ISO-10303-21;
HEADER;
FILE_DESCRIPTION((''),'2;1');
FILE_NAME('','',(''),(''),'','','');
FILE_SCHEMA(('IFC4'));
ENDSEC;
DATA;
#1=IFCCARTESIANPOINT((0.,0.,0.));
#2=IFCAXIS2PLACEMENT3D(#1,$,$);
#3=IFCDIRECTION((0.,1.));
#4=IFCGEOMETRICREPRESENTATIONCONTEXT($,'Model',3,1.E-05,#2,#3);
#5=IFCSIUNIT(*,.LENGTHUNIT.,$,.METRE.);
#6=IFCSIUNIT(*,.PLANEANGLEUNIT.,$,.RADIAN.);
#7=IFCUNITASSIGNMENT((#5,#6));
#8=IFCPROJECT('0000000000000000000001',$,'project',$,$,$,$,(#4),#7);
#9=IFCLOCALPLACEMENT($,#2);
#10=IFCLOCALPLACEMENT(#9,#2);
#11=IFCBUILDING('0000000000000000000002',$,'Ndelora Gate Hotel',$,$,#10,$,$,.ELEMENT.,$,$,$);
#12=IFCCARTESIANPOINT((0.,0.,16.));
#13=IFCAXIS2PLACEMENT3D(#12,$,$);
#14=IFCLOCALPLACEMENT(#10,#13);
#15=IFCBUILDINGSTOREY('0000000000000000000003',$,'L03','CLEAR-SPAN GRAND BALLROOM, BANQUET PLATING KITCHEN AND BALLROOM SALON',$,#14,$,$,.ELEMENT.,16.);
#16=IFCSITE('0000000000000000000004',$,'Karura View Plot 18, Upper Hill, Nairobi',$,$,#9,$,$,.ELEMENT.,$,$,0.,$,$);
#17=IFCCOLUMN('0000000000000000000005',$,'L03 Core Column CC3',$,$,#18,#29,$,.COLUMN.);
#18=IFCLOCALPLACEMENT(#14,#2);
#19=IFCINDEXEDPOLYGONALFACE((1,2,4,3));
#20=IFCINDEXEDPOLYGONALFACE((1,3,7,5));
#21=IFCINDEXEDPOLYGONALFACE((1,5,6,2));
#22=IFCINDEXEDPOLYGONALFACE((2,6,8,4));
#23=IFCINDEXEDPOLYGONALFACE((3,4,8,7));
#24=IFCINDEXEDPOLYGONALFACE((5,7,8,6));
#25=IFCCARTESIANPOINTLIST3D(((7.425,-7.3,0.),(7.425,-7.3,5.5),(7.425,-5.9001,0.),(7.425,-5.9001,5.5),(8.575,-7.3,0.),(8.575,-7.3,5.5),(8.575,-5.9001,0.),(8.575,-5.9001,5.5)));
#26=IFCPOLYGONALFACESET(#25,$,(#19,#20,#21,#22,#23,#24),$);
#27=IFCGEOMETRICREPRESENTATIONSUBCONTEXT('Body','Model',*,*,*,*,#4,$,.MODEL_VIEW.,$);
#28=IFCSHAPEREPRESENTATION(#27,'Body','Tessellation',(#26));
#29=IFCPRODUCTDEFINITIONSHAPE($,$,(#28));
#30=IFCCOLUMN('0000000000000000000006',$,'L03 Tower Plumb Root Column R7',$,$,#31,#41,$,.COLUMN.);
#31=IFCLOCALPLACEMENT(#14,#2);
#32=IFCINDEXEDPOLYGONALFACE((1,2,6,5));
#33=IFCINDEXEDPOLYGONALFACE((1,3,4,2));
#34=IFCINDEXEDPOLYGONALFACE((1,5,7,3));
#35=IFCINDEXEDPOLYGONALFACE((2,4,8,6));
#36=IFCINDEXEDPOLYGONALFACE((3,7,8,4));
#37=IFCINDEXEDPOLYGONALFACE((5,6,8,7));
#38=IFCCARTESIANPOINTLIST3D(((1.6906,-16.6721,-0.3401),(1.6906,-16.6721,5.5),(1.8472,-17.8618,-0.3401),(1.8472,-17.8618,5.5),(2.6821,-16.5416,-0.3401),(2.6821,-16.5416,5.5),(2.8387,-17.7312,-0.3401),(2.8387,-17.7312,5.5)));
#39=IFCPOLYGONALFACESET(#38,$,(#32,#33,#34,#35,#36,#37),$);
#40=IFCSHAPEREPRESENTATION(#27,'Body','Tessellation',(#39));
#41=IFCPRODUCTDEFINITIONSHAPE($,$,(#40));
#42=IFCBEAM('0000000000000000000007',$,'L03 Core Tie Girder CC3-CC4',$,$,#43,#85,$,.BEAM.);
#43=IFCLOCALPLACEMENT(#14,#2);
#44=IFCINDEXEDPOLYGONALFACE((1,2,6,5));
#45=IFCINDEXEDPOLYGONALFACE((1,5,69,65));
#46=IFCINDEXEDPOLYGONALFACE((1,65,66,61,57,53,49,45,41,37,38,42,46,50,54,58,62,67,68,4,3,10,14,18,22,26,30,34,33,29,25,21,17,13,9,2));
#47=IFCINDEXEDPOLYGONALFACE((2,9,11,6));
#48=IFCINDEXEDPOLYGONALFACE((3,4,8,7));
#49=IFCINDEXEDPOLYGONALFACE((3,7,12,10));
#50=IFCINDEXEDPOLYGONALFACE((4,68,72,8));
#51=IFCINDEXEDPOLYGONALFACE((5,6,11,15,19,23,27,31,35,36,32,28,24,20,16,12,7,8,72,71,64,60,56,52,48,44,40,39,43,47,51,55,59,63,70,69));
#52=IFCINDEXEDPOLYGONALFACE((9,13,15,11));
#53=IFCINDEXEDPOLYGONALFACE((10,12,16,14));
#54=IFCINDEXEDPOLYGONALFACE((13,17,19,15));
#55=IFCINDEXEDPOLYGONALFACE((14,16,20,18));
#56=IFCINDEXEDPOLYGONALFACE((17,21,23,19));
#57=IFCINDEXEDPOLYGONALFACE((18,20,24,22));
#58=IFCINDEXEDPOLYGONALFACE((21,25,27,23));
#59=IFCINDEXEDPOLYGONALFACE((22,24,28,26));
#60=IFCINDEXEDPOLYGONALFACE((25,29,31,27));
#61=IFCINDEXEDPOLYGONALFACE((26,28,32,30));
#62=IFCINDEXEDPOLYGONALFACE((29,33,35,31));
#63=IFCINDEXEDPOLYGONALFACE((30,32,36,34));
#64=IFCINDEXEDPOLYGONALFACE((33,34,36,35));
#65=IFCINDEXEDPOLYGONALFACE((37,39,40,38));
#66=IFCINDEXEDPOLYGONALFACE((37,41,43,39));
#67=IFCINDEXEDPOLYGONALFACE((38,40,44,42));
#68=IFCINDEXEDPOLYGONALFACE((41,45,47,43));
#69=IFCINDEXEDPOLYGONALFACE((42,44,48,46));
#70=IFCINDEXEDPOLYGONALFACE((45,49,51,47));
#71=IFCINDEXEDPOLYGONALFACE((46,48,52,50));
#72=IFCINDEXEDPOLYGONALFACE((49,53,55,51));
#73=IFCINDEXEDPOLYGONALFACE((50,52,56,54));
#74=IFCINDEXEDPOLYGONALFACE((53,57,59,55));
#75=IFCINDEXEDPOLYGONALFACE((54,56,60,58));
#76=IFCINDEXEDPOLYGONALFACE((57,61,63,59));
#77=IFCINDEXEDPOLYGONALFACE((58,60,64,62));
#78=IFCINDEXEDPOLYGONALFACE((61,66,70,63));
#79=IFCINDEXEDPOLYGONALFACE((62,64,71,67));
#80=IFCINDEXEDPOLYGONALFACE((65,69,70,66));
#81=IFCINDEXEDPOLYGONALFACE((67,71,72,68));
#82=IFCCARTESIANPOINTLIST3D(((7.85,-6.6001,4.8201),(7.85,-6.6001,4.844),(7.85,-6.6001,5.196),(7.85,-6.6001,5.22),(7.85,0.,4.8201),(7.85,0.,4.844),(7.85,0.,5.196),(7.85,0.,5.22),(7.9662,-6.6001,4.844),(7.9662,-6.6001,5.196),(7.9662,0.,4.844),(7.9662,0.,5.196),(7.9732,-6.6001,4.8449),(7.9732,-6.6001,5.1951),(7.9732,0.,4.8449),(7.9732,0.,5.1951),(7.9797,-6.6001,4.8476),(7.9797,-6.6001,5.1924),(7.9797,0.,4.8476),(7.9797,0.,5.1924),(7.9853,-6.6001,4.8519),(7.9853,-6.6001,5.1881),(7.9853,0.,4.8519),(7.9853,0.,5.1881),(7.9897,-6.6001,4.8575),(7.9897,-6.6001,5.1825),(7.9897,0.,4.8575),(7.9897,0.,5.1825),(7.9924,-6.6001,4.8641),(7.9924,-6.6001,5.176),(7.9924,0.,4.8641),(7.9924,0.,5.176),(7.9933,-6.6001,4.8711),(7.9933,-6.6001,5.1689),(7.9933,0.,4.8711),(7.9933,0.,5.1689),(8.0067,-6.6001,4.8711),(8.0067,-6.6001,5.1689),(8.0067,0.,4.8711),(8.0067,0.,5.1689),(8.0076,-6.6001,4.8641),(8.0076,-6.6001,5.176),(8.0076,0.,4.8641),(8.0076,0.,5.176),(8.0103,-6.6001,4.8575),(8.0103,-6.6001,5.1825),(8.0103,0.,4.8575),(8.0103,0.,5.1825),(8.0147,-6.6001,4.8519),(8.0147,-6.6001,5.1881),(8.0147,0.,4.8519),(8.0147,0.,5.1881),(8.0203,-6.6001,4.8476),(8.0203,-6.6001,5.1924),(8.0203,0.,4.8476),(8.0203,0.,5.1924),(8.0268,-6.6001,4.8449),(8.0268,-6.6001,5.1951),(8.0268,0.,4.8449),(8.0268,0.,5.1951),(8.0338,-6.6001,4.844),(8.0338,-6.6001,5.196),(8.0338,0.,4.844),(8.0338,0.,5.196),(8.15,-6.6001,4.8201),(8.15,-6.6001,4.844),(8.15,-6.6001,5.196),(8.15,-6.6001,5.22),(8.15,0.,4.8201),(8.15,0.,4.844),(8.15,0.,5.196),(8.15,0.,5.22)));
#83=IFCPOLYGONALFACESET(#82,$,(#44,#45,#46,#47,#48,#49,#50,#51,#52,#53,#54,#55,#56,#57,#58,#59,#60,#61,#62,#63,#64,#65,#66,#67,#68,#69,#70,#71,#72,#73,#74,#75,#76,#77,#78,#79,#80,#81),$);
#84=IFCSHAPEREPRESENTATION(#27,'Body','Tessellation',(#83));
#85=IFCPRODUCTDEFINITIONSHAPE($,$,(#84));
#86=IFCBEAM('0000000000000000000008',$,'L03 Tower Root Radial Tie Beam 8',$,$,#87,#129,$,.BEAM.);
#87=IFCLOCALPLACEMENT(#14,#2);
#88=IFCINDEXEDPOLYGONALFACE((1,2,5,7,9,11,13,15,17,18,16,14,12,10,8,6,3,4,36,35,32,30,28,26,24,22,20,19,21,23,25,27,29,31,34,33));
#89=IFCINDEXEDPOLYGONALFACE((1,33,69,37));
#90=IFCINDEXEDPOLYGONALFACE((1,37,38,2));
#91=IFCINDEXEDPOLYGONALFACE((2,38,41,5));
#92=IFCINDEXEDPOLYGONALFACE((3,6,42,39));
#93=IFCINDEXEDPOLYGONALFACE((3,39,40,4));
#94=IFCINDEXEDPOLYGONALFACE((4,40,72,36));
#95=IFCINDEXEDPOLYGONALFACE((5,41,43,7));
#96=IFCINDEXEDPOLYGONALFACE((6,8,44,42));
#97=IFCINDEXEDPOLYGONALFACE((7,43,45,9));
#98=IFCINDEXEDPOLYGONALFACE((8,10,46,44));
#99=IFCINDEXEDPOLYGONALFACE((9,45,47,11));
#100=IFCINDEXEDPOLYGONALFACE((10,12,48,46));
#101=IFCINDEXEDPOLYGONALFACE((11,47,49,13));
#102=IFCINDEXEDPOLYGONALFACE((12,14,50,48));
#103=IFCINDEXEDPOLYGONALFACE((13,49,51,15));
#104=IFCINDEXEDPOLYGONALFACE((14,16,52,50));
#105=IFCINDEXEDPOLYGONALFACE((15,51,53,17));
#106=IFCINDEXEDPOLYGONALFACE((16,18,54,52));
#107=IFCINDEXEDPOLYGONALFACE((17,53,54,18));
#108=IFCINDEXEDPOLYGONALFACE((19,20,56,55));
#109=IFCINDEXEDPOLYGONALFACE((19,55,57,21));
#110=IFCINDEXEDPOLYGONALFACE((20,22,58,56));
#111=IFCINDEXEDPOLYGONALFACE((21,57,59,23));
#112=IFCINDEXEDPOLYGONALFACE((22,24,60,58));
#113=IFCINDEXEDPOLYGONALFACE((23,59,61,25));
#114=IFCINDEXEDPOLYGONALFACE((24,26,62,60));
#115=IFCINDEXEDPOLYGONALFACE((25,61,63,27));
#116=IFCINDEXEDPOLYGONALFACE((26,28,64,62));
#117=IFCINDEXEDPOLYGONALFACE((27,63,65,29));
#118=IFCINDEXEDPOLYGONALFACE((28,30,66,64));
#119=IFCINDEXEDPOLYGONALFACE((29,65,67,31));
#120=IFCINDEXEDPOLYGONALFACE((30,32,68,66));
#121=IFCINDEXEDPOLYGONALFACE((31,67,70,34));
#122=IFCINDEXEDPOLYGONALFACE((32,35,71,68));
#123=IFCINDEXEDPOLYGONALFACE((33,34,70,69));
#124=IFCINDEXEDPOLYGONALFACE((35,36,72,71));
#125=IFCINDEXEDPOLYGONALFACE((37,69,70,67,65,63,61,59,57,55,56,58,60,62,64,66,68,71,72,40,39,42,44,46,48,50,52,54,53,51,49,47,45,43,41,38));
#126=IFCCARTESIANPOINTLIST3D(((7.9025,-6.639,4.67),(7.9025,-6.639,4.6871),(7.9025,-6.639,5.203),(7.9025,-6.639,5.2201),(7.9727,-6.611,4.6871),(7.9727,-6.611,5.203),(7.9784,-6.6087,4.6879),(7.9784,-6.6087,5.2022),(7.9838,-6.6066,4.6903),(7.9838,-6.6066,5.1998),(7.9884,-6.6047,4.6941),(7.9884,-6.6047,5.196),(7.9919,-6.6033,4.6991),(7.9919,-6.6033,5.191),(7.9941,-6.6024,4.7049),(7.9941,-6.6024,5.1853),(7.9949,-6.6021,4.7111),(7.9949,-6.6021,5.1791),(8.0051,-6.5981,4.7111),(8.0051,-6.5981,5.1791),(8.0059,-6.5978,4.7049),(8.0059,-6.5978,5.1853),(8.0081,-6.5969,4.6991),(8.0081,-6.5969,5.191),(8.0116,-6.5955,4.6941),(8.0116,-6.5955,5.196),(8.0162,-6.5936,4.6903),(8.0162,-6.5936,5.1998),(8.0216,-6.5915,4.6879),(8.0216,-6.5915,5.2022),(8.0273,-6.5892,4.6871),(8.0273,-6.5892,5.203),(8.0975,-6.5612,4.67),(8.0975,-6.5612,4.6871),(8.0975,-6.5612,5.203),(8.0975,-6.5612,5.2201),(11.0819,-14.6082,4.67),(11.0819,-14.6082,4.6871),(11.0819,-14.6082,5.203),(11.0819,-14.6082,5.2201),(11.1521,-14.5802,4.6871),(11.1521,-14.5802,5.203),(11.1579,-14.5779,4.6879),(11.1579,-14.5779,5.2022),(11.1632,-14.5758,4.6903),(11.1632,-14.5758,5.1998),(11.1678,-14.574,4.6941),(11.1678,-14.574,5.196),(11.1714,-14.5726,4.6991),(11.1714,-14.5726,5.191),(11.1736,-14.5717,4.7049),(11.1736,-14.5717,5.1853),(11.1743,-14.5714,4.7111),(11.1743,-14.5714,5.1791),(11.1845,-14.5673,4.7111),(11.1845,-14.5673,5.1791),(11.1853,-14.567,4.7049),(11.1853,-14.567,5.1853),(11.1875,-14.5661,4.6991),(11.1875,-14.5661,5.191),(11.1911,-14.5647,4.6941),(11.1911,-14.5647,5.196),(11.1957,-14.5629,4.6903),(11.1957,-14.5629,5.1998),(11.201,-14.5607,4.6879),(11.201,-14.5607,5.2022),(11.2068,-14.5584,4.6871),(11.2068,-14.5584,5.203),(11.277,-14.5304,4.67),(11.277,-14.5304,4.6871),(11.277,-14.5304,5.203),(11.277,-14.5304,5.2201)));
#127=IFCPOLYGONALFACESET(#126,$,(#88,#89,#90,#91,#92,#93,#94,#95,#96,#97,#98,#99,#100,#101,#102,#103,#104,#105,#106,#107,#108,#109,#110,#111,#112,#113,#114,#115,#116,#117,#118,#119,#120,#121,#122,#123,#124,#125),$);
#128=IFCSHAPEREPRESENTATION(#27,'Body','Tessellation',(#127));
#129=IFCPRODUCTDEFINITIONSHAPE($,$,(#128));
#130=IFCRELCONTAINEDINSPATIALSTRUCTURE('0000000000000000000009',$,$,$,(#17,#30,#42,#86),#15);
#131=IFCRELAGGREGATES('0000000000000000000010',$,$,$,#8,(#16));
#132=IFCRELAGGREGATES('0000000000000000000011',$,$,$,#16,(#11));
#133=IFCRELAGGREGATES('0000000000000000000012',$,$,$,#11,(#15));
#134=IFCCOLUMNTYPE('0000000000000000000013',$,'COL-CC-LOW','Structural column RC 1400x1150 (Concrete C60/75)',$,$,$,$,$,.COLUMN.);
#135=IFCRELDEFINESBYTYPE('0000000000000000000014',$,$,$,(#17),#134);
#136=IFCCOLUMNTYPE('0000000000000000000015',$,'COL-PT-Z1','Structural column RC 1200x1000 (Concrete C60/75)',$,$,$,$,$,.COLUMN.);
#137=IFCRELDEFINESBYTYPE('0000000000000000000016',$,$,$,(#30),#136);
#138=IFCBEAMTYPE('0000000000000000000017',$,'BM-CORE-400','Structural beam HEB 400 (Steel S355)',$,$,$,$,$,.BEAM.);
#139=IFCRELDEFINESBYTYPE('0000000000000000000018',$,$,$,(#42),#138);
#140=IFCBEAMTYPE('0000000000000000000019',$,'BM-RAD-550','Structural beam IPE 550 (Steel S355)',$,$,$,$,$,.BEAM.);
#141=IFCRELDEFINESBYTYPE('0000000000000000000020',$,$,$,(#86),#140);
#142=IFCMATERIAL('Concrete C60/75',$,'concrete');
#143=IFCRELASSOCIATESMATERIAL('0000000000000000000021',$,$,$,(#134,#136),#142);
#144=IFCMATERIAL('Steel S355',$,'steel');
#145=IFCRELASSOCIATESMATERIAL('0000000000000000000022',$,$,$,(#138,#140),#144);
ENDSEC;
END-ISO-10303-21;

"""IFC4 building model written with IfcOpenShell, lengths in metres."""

from ifc_helpers import new_model, si_unit, direction, frame, origin, origin_2d, place, context, subcontext, project, spatial, rectangle, i_section, extrude, material, material_profile, profile_set, type_object, element, save


model = new_model("IFC4")

# Units and contexts
model_context = context("Model", 3, precision=1e-05, world=origin(), true_north=direction((0.0, 1.0)))
body_context = subcontext(model_context, "Body", "Model", "MODEL_VIEW")
ifc_project = project(units=[si_unit("LENGTHUNIT", "METRE"), si_unit("PLANEANGLEUNIT", "RADIAN")], contexts=[model_context])

# Site, building, storey
site_placement = place(None, origin())
site = spatial("IfcSite", under=ifc_project, at=site_placement, Name="Karura View Plot 18, Upper Hill, Nairobi", CompositionType="ELEMENT", RefElevation=0.0)
building_placement = place(site_placement, origin())
building = spatial("IfcBuilding", under=site, at=building_placement, Name="Ndelora Gate Hotel", CompositionType="ELEMENT")
storey_placement = place(building_placement, frame((0.0, 0.0, 16.0)))
storey = spatial("IfcBuildingStorey", under=building, at=storey_placement, Name="L03", Description="CLEAR-SPAN GRAND BALLROOM, BANQUET PLATING KITCHEN AND BALLROOM SALON", CompositionType="ELEMENT", Elevation=16.0)

# Columns
ifc_material_1 = material(Name="Concrete C60/75", Category="concrete")
ifc_material_profile_1 = material_profile(ifc_material_1, rectangle(XDim=1.1499, YDim=1.3999, at=origin_2d()), Name="RC 1400x1150")
ifc_profile_set_1 = profile_set([ifc_material_profile_1], Name="Concrete C60/75")
column_type_1 = type_object("IfcColumnType", Name="COL-CC-LOW", Description="Structural column RC 1400x1150 (Concrete C60/75)", PredefinedType="COLUMN", material=ifc_profile_set_1)
column_1_placement = place(storey_placement, frame((8.0, -6.6001, 0.0), z_axis=(0.0, 0.0, 1.0), x_axis=(1.0, 0.0, 0.0)))
element("IfcColumn", 1, at=column_1_placement, inside=storey, type_object=column_type_1, Name="L03 Core Column CC3", PredefinedType="COLUMN", context=body_context, shape_type="SweptSolid", body=[
    extrude(rectangle(XDim=1.1499, YDim=1.3999, at=origin_2d()), origin(), (0.0, 0.0, 1.0), 5.5),
])
ifc_material_profile_2 = material_profile(ifc_material_1, rectangle(XDim=1.0, YDim=1.2, at=origin_2d()), Name="RC 1200x1000")
ifc_profile_set_2 = profile_set([ifc_material_profile_2], Name="Concrete C60/75")
column_type_2 = type_object("IfcColumnType", Name="COL-PT-Z1", Description="Structural column RC 1200x1000 (Concrete C60/75)", PredefinedType="COLUMN", material=ifc_profile_set_2)
column_2_placement = place(storey_placement, frame((2.2646, -17.2017, -0.3401), z_axis=(0.0, 0.0, 1.0), x_axis=(0.991445, 0.130526, 0.0)))
element("IfcColumn", 2, at=column_2_placement, inside=storey, type_object=column_type_2, Name="L03 Tower Plumb Root Column R7", PredefinedType="COLUMN", context=body_context, shape_type="SweptSolid", body=[
    extrude(rectangle(XDim=1.0, YDim=1.2, at=origin_2d()), origin(), (0.0, 0.0, 1.0), 5.8401),
])

# Beams
ifc_material_2 = material(Name="Steel S355", Category="steel")
ifc_material_profile_3 = material_profile(ifc_material_2, i_section(OverallWidth=0.3, OverallDepth=0.3999, WebThickness=0.0134, FlangeThickness=0.0239, FilletRadius=0.0271, at=origin_2d()), Name="HEB 400")
ifc_profile_set_3 = profile_set([ifc_material_profile_3], Name="Steel S355")
beam_type_1 = type_object("IfcBeamType", Name="BM-CORE-400", Description="Structural beam HEB 400 (Steel S355)", PredefinedType="BEAM", material=ifc_profile_set_3)
beam_1_placement = place(storey_placement, frame((8.0, -6.6001, 5.02), z_axis=(0.0, 1.0, 0.0), x_axis=(-1.0, 0.0, 0.0)))
element("IfcBeam", 3, at=beam_1_placement, inside=storey, type_object=beam_type_1, Name="L03 Core Tie Girder CC3-CC4", PredefinedType="BEAM", context=body_context, shape_type="SweptSolid", body=[
    extrude(i_section(OverallWidth=0.3, OverallDepth=0.3999, WebThickness=0.0134, FlangeThickness=0.0239, FilletRadius=0.0271, at=origin_2d()), origin(), (0.0, 0.0, 1.0), 6.6001),
])
ifc_material_profile_4 = material_profile(ifc_material_2, i_section(OverallWidth=0.21, OverallDepth=0.55, WebThickness=0.011, FlangeThickness=0.0171, FilletRadius=0.0239, at=origin_2d()), Name="IPE 550")
ifc_profile_set_4 = profile_set([ifc_material_profile_4], Name="Steel S355")
beam_type_2 = type_object("IfcBeamType", Name="BM-RAD-550", Description="Structural beam IPE 550 (Steel S355)", PredefinedType="BEAM", material=ifc_profile_set_4)
beam_2_placement = place(storey_placement, frame((8.0, -6.6001, 4.9451), z_axis=(0.370561, -0.928808, 0.0), x_axis=(0.928808, 0.370561, 0.0)))
element("IfcBeam", 4, at=beam_2_placement, inside=storey, type_object=beam_type_2, Name="L03 Tower Root Radial Tie Beam 8", PredefinedType="BEAM", context=body_context, shape_type="SweptSolid", body=[
    extrude(i_section(OverallWidth=0.21, OverallDepth=0.55, WebThickness=0.011, FlangeThickness=0.0171, FilletRadius=0.0239, at=origin_2d()), origin(), (0.0, 0.0, 1.0), 8.5801),
])

save(model, "model.ifc")
